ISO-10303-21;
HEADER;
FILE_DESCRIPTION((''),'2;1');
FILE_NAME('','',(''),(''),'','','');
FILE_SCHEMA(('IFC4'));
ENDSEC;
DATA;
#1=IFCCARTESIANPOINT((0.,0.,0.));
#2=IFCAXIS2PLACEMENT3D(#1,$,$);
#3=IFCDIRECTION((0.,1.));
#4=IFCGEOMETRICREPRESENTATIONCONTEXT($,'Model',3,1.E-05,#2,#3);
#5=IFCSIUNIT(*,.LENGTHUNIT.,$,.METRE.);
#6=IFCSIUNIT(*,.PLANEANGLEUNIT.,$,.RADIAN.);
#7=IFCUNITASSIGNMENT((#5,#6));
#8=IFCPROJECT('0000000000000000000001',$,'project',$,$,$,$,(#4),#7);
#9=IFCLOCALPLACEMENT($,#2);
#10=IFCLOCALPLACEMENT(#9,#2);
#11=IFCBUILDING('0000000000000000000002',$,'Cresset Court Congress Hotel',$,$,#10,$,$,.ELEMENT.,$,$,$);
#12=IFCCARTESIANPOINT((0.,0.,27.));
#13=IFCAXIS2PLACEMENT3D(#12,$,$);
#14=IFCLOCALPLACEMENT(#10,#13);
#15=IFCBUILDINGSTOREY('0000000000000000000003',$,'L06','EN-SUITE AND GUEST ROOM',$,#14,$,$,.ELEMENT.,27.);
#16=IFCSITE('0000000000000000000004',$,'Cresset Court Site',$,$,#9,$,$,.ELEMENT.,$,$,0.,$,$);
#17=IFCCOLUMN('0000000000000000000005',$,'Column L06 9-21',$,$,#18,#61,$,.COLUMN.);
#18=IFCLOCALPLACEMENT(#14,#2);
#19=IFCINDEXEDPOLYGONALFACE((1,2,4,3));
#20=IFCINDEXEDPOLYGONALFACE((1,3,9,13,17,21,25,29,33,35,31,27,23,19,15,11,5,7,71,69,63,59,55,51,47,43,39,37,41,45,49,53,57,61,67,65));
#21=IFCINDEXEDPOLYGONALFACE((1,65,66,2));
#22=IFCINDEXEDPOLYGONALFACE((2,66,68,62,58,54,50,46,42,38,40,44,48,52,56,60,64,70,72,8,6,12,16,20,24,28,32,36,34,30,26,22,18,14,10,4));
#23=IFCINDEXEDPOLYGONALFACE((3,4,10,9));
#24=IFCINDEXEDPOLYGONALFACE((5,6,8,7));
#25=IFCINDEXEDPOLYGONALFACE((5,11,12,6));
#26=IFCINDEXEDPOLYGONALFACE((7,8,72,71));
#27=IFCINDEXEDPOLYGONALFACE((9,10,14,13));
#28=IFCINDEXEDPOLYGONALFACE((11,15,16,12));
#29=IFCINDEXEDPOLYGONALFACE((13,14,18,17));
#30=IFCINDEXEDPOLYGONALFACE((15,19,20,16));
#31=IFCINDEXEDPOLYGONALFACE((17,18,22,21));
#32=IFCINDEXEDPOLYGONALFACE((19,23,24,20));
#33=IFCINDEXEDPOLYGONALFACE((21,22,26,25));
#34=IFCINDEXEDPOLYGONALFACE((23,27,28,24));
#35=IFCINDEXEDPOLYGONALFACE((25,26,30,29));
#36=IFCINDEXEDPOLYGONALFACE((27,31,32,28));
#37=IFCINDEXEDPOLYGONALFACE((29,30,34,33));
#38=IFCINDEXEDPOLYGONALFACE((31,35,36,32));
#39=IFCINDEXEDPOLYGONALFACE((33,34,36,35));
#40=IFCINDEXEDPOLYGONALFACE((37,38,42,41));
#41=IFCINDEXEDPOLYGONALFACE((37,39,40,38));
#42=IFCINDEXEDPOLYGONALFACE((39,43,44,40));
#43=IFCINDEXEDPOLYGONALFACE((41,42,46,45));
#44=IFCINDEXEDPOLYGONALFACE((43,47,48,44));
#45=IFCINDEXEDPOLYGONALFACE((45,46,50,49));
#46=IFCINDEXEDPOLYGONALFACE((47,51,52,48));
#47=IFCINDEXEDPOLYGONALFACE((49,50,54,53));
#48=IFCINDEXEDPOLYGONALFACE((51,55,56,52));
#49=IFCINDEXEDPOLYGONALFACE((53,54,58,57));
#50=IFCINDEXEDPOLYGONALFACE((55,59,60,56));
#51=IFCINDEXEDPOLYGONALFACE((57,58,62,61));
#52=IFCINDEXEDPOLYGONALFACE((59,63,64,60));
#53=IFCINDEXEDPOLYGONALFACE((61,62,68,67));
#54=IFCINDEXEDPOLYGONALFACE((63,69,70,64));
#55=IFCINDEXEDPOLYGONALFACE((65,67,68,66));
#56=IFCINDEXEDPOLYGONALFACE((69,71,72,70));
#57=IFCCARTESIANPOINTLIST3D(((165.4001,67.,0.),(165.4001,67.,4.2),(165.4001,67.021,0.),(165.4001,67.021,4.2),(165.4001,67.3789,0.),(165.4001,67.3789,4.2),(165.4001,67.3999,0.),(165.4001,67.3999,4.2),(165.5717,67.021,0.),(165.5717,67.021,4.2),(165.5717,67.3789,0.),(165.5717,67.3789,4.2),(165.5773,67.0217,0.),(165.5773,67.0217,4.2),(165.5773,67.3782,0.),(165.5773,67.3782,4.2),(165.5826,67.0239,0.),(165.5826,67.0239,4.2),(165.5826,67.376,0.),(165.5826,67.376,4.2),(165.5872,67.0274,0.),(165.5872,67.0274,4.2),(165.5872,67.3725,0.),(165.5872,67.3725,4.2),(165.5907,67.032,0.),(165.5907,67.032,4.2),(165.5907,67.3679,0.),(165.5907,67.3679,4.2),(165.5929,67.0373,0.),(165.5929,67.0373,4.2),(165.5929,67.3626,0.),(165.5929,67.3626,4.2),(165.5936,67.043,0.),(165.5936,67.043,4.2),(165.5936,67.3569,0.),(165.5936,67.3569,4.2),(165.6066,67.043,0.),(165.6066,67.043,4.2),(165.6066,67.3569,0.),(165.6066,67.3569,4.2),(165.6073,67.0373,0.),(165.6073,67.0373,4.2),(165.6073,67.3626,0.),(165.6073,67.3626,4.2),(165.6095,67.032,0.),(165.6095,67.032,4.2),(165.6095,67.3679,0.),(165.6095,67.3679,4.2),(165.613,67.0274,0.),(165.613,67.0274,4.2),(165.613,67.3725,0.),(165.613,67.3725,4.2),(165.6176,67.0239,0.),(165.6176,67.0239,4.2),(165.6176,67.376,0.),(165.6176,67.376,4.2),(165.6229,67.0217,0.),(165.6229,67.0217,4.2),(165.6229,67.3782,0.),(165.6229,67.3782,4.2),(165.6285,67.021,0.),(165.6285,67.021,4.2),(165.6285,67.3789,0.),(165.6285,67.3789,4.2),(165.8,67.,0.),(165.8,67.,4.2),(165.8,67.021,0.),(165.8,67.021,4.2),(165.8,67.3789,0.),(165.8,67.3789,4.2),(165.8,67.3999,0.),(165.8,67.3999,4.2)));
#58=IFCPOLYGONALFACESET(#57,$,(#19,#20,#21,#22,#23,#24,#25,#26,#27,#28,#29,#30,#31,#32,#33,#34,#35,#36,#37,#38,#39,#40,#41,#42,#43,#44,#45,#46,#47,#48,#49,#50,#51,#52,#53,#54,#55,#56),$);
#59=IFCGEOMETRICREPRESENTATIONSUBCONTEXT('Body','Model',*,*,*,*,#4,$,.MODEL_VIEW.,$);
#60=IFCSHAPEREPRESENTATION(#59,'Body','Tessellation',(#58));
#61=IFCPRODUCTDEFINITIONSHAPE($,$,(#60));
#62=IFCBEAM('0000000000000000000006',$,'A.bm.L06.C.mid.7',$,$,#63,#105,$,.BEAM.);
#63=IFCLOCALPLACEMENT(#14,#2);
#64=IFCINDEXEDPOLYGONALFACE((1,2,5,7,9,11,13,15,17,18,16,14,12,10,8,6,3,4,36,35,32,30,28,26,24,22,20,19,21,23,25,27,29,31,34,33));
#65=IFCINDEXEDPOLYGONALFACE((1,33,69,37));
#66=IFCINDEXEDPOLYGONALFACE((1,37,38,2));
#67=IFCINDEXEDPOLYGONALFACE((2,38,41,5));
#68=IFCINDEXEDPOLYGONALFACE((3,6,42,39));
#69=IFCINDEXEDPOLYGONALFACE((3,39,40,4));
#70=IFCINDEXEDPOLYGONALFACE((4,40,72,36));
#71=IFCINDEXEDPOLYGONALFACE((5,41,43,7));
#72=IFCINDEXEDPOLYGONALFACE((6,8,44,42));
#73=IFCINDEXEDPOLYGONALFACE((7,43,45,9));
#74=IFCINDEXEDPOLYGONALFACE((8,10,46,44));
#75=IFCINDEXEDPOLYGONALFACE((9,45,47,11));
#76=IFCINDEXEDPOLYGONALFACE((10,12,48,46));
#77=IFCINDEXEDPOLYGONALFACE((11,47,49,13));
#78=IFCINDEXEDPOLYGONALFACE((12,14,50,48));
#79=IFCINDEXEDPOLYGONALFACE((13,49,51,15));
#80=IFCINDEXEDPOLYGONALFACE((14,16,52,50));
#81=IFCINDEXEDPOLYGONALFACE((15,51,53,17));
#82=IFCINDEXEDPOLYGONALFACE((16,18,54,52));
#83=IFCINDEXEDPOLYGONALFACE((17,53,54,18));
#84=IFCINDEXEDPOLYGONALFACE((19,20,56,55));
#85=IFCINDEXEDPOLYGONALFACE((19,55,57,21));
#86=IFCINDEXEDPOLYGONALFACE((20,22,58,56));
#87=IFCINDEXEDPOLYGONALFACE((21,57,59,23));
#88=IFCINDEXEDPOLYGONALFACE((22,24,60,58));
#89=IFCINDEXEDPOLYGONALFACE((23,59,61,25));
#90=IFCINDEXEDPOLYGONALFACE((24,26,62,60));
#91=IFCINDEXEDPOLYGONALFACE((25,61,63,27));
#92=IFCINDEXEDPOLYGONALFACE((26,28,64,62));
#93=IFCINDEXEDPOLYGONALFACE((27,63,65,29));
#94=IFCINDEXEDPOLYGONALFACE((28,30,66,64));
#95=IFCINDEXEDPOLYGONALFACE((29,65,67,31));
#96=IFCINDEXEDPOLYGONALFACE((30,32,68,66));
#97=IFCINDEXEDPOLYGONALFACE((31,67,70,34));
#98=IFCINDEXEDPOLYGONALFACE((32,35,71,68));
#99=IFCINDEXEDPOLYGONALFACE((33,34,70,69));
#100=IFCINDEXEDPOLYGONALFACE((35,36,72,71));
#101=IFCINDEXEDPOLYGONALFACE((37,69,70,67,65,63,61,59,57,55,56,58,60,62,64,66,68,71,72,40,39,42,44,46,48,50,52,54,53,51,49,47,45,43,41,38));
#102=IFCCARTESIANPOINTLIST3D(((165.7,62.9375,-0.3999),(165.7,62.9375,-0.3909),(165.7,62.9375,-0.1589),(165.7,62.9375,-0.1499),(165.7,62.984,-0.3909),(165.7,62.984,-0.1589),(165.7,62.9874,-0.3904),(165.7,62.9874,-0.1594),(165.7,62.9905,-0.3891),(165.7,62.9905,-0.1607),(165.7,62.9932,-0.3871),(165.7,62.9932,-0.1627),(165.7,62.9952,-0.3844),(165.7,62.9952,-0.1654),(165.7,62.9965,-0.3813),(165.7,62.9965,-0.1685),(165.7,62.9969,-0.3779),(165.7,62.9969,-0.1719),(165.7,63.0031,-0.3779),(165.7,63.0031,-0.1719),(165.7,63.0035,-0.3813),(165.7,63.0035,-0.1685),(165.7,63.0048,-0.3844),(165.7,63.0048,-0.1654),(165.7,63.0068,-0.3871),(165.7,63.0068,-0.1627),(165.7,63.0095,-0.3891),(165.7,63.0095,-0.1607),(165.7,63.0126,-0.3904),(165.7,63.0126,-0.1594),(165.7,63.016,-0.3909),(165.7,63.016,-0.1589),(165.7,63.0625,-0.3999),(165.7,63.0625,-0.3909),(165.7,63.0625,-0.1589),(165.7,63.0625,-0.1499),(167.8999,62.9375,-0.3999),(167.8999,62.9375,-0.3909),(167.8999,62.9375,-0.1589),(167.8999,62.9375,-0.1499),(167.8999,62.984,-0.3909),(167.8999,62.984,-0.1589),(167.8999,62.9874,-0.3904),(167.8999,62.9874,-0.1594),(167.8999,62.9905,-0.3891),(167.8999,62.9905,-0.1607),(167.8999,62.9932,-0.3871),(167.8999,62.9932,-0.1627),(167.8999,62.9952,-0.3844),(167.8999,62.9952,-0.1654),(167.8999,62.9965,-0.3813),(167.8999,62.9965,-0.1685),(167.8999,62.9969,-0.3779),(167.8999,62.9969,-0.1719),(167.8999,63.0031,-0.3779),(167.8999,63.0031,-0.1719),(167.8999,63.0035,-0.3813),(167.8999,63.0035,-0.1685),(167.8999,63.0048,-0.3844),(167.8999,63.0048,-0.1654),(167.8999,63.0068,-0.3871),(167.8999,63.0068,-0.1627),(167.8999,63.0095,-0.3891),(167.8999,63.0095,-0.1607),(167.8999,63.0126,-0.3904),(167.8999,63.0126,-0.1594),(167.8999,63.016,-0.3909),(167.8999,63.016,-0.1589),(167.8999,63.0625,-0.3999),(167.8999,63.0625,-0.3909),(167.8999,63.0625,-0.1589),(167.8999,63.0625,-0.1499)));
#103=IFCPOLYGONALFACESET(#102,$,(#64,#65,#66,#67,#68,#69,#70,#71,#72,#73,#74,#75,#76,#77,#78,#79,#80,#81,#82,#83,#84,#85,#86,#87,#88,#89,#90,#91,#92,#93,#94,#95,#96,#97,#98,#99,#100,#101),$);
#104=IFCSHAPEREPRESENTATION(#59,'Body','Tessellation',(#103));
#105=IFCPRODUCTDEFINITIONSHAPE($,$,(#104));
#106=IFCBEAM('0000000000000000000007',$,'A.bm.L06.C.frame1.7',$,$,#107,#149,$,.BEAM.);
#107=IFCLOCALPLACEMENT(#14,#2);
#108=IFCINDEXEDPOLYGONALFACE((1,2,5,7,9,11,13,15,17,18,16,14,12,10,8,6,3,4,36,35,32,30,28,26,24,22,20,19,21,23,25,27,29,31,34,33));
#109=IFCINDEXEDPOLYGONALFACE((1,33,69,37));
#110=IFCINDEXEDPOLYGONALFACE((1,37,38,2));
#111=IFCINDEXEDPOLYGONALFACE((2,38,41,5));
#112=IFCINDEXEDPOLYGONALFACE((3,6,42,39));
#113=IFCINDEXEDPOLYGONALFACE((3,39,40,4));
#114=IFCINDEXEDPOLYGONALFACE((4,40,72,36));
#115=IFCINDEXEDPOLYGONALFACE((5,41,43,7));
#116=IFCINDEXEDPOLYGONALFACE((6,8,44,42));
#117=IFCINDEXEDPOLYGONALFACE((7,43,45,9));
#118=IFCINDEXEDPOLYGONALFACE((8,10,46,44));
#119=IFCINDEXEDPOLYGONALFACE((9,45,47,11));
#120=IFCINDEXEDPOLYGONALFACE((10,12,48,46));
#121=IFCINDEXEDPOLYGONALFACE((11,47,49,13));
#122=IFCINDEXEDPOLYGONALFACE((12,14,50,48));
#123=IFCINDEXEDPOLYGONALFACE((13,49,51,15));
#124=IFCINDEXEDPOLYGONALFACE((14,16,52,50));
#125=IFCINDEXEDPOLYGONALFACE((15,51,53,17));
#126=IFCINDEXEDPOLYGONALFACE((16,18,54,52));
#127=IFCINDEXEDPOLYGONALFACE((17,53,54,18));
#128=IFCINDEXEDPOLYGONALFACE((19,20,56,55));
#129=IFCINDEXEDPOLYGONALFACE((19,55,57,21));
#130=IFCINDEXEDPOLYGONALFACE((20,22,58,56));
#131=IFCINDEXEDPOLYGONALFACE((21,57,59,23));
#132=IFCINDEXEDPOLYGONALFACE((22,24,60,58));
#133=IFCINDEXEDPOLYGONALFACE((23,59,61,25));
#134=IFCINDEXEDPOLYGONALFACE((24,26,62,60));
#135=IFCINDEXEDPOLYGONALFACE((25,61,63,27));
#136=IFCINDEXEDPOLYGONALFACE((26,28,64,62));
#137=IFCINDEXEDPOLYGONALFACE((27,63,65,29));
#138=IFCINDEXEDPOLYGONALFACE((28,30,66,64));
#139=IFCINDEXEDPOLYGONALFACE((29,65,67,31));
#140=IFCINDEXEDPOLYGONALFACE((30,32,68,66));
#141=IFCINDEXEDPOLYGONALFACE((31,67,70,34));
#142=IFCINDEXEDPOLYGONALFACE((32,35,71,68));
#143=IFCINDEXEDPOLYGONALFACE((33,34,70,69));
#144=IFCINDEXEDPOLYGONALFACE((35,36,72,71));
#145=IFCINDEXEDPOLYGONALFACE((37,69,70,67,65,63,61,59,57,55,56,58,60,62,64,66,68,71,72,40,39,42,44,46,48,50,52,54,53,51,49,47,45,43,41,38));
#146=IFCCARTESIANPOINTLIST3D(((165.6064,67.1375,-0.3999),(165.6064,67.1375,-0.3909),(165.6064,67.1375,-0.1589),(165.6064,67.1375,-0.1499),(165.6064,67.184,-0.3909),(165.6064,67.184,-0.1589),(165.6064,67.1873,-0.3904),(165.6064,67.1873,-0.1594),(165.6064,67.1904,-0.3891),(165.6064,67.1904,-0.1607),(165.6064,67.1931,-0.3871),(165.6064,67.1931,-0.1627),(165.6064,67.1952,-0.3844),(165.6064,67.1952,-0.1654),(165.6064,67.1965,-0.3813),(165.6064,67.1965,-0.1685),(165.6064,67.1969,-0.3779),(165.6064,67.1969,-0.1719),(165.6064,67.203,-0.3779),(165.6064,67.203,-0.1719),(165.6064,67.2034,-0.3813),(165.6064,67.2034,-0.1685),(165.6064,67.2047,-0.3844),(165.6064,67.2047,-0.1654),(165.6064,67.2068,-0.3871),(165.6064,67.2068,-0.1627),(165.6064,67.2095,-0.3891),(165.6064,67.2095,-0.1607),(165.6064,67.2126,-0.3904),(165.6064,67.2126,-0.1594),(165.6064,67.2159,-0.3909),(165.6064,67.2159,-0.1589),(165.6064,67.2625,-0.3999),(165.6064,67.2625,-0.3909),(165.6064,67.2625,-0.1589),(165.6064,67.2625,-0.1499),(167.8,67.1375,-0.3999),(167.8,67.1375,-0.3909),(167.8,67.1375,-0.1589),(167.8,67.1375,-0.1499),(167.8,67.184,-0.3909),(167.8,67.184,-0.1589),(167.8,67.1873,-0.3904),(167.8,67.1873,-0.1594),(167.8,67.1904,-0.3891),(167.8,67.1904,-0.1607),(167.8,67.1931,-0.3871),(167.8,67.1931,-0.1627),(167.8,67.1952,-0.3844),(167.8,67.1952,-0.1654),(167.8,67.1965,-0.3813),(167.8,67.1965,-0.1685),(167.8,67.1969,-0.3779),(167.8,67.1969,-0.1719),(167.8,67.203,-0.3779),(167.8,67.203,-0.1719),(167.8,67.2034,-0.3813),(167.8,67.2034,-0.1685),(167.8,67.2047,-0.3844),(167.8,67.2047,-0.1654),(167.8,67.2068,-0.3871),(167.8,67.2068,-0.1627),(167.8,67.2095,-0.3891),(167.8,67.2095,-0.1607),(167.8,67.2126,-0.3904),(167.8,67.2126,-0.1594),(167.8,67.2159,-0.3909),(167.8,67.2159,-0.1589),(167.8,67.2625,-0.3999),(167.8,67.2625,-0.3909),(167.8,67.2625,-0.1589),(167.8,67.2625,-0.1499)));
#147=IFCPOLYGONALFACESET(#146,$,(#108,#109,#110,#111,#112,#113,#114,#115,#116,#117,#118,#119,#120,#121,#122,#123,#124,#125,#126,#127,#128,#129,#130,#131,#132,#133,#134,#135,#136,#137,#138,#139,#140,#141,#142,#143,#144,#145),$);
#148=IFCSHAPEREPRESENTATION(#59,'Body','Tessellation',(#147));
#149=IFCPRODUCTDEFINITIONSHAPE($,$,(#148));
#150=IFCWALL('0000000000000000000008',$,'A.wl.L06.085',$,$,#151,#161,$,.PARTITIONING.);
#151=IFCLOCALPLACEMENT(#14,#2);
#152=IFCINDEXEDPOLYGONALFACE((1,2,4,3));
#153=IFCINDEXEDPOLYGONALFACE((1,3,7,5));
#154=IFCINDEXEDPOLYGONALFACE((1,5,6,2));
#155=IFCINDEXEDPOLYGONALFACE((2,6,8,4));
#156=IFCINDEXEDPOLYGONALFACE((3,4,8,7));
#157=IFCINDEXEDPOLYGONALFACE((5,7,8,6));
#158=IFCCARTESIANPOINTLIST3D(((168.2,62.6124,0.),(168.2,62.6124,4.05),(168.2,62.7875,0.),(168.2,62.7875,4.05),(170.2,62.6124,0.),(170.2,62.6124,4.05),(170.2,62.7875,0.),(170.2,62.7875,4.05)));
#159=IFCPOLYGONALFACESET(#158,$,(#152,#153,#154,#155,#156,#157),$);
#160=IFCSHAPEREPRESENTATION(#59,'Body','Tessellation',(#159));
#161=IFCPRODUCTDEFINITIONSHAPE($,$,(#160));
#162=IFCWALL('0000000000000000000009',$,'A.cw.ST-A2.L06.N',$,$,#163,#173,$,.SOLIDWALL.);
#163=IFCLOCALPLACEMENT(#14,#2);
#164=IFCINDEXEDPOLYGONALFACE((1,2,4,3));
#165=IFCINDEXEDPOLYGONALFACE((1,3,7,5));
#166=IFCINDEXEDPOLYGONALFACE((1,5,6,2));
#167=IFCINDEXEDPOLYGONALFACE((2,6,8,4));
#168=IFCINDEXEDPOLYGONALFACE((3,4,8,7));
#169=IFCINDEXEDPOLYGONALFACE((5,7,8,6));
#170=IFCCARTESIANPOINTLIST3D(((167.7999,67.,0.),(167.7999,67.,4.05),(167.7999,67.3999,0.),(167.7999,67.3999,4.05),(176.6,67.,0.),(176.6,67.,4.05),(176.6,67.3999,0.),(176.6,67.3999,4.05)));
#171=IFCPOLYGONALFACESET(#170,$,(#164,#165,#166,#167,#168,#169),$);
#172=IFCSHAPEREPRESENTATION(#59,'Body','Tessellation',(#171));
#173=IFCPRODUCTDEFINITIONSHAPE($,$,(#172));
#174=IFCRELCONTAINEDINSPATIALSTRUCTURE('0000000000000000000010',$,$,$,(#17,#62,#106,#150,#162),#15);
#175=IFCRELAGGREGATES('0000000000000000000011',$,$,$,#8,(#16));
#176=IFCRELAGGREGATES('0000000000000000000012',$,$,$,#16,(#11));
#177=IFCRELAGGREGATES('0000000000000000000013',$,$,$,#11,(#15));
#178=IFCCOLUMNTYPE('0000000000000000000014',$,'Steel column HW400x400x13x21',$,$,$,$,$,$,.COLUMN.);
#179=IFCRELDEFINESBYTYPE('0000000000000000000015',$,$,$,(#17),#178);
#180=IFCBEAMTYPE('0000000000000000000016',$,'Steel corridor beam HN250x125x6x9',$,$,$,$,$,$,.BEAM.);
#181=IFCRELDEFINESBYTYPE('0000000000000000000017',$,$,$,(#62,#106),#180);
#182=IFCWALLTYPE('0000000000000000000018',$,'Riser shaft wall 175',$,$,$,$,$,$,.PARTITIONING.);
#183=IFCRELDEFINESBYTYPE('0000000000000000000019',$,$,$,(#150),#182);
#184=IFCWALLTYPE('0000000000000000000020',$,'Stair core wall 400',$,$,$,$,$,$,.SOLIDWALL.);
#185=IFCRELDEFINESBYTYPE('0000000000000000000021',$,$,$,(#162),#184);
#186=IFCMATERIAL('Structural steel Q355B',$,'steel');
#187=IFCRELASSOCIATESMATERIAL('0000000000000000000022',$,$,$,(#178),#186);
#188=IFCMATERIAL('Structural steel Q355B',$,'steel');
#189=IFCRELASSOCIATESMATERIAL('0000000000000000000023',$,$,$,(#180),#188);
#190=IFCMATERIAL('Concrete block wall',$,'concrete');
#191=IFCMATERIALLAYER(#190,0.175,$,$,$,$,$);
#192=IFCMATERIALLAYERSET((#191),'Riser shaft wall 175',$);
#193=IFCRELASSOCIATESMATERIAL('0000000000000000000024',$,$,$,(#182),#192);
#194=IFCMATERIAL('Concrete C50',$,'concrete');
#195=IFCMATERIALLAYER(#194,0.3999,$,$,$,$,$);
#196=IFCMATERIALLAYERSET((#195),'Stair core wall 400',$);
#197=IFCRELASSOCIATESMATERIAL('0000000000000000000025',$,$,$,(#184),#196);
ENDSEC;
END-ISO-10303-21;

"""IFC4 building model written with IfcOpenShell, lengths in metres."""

from ifc_helpers import new_model, si_unit, direction, frame, frame_2d, origin, origin_2d, place, context, subcontext, project, spatial, rectangle, i_section, extrude, material, layer, layer_set, material_profile, profile_set, type_object, element, save


model = new_model("IFC4")

# Units and contexts
model_context = context("Model", 3, precision=1e-05, world=origin(), true_north=direction((0.0, 1.0)))
body_context = subcontext(model_context, "Body", "Model", "MODEL_VIEW")
ifc_project = project(units=[si_unit("LENGTHUNIT", "METRE"), si_unit("PLANEANGLEUNIT", "RADIAN")], contexts=[model_context])

# Site, building, storey
site_placement = place(None, origin())
site = spatial("IfcSite", under=ifc_project, at=site_placement, Name="Cresset Court Site", CompositionType="ELEMENT", RefElevation=0.0)
building_placement = place(site_placement, origin())
building = spatial("IfcBuilding", under=site, at=building_placement, Name="Cresset Court Congress Hotel", CompositionType="ELEMENT")
storey_placement = place(building_placement, frame((0.0, 0.0, 27.0)))
storey = spatial("IfcBuildingStorey", under=building, at=storey_placement, Name="L06", Description="EN-SUITE AND GUEST ROOM", CompositionType="ELEMENT", Elevation=27.0)

# Column
ifc_material_1 = material(Name="Structural steel Q355B", Category="steel")
ifc_material_profile_1 = material_profile(ifc_material_1, i_section(OverallWidth=0.3999, OverallDepth=0.3999, WebThickness=0.0129, FlangeThickness=0.021, FilletRadius=0.022, at=origin_2d()), Name="HW400x400x13x21")
ifc_profile_set_1 = profile_set([ifc_material_profile_1], Name="Structural steel Q355B")
column_type = type_object("IfcColumnType", Name="Steel column HW400x400x13x21", PredefinedType="COLUMN", material=ifc_profile_set_1)
column_placement = place(storey_placement, frame((165.6001, 67.2, 0.0), z_axis=(0.0, 0.0, 1.0), x_axis=(1.0, 0.0, 0.0)))
element("IfcColumn", 1, at=column_placement, inside=storey, type_object=column_type, Name="Column L06 9-21", PredefinedType="COLUMN", context=body_context, shape_type="SweptSolid", body=[
    extrude(i_section(OverallWidth=0.3999, OverallDepth=0.3999, WebThickness=0.0129, FlangeThickness=0.021, FilletRadius=0.022, at=origin_2d()), origin(), (0.0, 0.0, 1.0), 4.2),
])

# Beams
ifc_material_2 = material(Name="Structural steel Q355B", Category="steel")
ifc_material_profile_2 = material_profile(ifc_material_2, i_section(OverallWidth=0.125, OverallDepth=0.25, WebThickness=0.0061, FlangeThickness=0.009, FilletRadius=0.0129, at=origin_2d()), Name="HN250x125x6x9")
ifc_profile_set_2 = profile_set([ifc_material_profile_2], Name="Structural steel Q355B")
beam_type = type_object("IfcBeamType", Name="Steel corridor beam HN250x125x6x9", PredefinedType="BEAM", material=ifc_profile_set_2)
beam_1_placement = place(storey_placement, frame((165.7, 63.0, -0.2749), z_axis=(1.0, 0.0, 0.0), x_axis=(0.0, 1.0, 0.0)))
element("IfcBeam", 2, at=beam_1_placement, inside=storey, type_object=beam_type, Name="A.bm.L06.C.mid.7", PredefinedType="BEAM", context=body_context, shape_type="SweptSolid", body=[
    extrude(i_section(OverallWidth=0.125, OverallDepth=0.25, WebThickness=0.0061, FlangeThickness=0.009, FilletRadius=0.0129, at=origin_2d()), origin(), (0.0, 0.0, 1.0), 2.2),
])
beam_2_placement = place(storey_placement, frame((165.6064, 67.2, -0.2749), z_axis=(1.0, 0.0, 0.0), x_axis=(0.0, 1.0, 0.0)))
element("IfcBeam", 3, at=beam_2_placement, inside=storey, type_object=beam_type, Name="A.bm.L06.C.frame1.7", PredefinedType="BEAM", context=body_context, shape_type="SweptSolid", body=[
    extrude(i_section(OverallWidth=0.125, OverallDepth=0.25, WebThickness=0.0061, FlangeThickness=0.009, FilletRadius=0.0129, at=origin_2d()), origin(), (0.0, 0.0, 1.0), 2.1936),
])

# Walls
ifc_material_3 = material(Name="Concrete block wall", Category="concrete")
ifc_layer_1 = layer(ifc_material_3, 0.175)
ifc_layer_set_1 = layer_set([ifc_layer_1], Name="Riser shaft wall 175")
wall_type_1 = type_object("IfcWallType", Name="Riser shaft wall 175", PredefinedType="PARTITIONING", material=ifc_layer_set_1)
wall_1_placement = place(storey_placement, frame((168.2, 62.7, 0.0), z_axis=(0.0, 0.0, 1.0), x_axis=(1.0, 0.0, 0.0)))
element("IfcWall", 4, at=wall_1_placement, inside=storey, type_object=wall_type_1, Name="A.wl.L06.085", PredefinedType="PARTITIONING", context=body_context, shape_type="SweptSolid", body=[
    extrude(rectangle(XDim=2.0, YDim=0.175, at=frame_2d((1.0, 0.0))), origin(), (0.0, 0.0, 1.0), 4.05),
])
ifc_material_4 = material(Name="Concrete C50", Category="concrete")
ifc_layer_2 = layer(ifc_material_4, 0.3999)
ifc_layer_set_2 = layer_set([ifc_layer_2], Name="Stair core wall 400")
wall_type_2 = type_object("IfcWallType", Name="Stair core wall 400", PredefinedType="SOLIDWALL", material=ifc_layer_set_2)
wall_2_placement = place(storey_placement, frame((167.8, 67.2, 0.0), z_axis=(0.0, 0.0, 1.0), x_axis=(1.0, 0.0, 0.0)))
element("IfcWall", 5, at=wall_2_placement, inside=storey, type_object=wall_type_2, Name="A.cw.ST-A2.L06.N", PredefinedType="SOLIDWALL", context=body_context, shape_type="SweptSolid", body=[
    extrude(rectangle(XDim=8.8, YDim=0.3999, at=frame_2d((4.3999, 0.0))), origin(), (0.0, 0.0, 1.0), 4.05),
])

save(model, "model.ifc")
